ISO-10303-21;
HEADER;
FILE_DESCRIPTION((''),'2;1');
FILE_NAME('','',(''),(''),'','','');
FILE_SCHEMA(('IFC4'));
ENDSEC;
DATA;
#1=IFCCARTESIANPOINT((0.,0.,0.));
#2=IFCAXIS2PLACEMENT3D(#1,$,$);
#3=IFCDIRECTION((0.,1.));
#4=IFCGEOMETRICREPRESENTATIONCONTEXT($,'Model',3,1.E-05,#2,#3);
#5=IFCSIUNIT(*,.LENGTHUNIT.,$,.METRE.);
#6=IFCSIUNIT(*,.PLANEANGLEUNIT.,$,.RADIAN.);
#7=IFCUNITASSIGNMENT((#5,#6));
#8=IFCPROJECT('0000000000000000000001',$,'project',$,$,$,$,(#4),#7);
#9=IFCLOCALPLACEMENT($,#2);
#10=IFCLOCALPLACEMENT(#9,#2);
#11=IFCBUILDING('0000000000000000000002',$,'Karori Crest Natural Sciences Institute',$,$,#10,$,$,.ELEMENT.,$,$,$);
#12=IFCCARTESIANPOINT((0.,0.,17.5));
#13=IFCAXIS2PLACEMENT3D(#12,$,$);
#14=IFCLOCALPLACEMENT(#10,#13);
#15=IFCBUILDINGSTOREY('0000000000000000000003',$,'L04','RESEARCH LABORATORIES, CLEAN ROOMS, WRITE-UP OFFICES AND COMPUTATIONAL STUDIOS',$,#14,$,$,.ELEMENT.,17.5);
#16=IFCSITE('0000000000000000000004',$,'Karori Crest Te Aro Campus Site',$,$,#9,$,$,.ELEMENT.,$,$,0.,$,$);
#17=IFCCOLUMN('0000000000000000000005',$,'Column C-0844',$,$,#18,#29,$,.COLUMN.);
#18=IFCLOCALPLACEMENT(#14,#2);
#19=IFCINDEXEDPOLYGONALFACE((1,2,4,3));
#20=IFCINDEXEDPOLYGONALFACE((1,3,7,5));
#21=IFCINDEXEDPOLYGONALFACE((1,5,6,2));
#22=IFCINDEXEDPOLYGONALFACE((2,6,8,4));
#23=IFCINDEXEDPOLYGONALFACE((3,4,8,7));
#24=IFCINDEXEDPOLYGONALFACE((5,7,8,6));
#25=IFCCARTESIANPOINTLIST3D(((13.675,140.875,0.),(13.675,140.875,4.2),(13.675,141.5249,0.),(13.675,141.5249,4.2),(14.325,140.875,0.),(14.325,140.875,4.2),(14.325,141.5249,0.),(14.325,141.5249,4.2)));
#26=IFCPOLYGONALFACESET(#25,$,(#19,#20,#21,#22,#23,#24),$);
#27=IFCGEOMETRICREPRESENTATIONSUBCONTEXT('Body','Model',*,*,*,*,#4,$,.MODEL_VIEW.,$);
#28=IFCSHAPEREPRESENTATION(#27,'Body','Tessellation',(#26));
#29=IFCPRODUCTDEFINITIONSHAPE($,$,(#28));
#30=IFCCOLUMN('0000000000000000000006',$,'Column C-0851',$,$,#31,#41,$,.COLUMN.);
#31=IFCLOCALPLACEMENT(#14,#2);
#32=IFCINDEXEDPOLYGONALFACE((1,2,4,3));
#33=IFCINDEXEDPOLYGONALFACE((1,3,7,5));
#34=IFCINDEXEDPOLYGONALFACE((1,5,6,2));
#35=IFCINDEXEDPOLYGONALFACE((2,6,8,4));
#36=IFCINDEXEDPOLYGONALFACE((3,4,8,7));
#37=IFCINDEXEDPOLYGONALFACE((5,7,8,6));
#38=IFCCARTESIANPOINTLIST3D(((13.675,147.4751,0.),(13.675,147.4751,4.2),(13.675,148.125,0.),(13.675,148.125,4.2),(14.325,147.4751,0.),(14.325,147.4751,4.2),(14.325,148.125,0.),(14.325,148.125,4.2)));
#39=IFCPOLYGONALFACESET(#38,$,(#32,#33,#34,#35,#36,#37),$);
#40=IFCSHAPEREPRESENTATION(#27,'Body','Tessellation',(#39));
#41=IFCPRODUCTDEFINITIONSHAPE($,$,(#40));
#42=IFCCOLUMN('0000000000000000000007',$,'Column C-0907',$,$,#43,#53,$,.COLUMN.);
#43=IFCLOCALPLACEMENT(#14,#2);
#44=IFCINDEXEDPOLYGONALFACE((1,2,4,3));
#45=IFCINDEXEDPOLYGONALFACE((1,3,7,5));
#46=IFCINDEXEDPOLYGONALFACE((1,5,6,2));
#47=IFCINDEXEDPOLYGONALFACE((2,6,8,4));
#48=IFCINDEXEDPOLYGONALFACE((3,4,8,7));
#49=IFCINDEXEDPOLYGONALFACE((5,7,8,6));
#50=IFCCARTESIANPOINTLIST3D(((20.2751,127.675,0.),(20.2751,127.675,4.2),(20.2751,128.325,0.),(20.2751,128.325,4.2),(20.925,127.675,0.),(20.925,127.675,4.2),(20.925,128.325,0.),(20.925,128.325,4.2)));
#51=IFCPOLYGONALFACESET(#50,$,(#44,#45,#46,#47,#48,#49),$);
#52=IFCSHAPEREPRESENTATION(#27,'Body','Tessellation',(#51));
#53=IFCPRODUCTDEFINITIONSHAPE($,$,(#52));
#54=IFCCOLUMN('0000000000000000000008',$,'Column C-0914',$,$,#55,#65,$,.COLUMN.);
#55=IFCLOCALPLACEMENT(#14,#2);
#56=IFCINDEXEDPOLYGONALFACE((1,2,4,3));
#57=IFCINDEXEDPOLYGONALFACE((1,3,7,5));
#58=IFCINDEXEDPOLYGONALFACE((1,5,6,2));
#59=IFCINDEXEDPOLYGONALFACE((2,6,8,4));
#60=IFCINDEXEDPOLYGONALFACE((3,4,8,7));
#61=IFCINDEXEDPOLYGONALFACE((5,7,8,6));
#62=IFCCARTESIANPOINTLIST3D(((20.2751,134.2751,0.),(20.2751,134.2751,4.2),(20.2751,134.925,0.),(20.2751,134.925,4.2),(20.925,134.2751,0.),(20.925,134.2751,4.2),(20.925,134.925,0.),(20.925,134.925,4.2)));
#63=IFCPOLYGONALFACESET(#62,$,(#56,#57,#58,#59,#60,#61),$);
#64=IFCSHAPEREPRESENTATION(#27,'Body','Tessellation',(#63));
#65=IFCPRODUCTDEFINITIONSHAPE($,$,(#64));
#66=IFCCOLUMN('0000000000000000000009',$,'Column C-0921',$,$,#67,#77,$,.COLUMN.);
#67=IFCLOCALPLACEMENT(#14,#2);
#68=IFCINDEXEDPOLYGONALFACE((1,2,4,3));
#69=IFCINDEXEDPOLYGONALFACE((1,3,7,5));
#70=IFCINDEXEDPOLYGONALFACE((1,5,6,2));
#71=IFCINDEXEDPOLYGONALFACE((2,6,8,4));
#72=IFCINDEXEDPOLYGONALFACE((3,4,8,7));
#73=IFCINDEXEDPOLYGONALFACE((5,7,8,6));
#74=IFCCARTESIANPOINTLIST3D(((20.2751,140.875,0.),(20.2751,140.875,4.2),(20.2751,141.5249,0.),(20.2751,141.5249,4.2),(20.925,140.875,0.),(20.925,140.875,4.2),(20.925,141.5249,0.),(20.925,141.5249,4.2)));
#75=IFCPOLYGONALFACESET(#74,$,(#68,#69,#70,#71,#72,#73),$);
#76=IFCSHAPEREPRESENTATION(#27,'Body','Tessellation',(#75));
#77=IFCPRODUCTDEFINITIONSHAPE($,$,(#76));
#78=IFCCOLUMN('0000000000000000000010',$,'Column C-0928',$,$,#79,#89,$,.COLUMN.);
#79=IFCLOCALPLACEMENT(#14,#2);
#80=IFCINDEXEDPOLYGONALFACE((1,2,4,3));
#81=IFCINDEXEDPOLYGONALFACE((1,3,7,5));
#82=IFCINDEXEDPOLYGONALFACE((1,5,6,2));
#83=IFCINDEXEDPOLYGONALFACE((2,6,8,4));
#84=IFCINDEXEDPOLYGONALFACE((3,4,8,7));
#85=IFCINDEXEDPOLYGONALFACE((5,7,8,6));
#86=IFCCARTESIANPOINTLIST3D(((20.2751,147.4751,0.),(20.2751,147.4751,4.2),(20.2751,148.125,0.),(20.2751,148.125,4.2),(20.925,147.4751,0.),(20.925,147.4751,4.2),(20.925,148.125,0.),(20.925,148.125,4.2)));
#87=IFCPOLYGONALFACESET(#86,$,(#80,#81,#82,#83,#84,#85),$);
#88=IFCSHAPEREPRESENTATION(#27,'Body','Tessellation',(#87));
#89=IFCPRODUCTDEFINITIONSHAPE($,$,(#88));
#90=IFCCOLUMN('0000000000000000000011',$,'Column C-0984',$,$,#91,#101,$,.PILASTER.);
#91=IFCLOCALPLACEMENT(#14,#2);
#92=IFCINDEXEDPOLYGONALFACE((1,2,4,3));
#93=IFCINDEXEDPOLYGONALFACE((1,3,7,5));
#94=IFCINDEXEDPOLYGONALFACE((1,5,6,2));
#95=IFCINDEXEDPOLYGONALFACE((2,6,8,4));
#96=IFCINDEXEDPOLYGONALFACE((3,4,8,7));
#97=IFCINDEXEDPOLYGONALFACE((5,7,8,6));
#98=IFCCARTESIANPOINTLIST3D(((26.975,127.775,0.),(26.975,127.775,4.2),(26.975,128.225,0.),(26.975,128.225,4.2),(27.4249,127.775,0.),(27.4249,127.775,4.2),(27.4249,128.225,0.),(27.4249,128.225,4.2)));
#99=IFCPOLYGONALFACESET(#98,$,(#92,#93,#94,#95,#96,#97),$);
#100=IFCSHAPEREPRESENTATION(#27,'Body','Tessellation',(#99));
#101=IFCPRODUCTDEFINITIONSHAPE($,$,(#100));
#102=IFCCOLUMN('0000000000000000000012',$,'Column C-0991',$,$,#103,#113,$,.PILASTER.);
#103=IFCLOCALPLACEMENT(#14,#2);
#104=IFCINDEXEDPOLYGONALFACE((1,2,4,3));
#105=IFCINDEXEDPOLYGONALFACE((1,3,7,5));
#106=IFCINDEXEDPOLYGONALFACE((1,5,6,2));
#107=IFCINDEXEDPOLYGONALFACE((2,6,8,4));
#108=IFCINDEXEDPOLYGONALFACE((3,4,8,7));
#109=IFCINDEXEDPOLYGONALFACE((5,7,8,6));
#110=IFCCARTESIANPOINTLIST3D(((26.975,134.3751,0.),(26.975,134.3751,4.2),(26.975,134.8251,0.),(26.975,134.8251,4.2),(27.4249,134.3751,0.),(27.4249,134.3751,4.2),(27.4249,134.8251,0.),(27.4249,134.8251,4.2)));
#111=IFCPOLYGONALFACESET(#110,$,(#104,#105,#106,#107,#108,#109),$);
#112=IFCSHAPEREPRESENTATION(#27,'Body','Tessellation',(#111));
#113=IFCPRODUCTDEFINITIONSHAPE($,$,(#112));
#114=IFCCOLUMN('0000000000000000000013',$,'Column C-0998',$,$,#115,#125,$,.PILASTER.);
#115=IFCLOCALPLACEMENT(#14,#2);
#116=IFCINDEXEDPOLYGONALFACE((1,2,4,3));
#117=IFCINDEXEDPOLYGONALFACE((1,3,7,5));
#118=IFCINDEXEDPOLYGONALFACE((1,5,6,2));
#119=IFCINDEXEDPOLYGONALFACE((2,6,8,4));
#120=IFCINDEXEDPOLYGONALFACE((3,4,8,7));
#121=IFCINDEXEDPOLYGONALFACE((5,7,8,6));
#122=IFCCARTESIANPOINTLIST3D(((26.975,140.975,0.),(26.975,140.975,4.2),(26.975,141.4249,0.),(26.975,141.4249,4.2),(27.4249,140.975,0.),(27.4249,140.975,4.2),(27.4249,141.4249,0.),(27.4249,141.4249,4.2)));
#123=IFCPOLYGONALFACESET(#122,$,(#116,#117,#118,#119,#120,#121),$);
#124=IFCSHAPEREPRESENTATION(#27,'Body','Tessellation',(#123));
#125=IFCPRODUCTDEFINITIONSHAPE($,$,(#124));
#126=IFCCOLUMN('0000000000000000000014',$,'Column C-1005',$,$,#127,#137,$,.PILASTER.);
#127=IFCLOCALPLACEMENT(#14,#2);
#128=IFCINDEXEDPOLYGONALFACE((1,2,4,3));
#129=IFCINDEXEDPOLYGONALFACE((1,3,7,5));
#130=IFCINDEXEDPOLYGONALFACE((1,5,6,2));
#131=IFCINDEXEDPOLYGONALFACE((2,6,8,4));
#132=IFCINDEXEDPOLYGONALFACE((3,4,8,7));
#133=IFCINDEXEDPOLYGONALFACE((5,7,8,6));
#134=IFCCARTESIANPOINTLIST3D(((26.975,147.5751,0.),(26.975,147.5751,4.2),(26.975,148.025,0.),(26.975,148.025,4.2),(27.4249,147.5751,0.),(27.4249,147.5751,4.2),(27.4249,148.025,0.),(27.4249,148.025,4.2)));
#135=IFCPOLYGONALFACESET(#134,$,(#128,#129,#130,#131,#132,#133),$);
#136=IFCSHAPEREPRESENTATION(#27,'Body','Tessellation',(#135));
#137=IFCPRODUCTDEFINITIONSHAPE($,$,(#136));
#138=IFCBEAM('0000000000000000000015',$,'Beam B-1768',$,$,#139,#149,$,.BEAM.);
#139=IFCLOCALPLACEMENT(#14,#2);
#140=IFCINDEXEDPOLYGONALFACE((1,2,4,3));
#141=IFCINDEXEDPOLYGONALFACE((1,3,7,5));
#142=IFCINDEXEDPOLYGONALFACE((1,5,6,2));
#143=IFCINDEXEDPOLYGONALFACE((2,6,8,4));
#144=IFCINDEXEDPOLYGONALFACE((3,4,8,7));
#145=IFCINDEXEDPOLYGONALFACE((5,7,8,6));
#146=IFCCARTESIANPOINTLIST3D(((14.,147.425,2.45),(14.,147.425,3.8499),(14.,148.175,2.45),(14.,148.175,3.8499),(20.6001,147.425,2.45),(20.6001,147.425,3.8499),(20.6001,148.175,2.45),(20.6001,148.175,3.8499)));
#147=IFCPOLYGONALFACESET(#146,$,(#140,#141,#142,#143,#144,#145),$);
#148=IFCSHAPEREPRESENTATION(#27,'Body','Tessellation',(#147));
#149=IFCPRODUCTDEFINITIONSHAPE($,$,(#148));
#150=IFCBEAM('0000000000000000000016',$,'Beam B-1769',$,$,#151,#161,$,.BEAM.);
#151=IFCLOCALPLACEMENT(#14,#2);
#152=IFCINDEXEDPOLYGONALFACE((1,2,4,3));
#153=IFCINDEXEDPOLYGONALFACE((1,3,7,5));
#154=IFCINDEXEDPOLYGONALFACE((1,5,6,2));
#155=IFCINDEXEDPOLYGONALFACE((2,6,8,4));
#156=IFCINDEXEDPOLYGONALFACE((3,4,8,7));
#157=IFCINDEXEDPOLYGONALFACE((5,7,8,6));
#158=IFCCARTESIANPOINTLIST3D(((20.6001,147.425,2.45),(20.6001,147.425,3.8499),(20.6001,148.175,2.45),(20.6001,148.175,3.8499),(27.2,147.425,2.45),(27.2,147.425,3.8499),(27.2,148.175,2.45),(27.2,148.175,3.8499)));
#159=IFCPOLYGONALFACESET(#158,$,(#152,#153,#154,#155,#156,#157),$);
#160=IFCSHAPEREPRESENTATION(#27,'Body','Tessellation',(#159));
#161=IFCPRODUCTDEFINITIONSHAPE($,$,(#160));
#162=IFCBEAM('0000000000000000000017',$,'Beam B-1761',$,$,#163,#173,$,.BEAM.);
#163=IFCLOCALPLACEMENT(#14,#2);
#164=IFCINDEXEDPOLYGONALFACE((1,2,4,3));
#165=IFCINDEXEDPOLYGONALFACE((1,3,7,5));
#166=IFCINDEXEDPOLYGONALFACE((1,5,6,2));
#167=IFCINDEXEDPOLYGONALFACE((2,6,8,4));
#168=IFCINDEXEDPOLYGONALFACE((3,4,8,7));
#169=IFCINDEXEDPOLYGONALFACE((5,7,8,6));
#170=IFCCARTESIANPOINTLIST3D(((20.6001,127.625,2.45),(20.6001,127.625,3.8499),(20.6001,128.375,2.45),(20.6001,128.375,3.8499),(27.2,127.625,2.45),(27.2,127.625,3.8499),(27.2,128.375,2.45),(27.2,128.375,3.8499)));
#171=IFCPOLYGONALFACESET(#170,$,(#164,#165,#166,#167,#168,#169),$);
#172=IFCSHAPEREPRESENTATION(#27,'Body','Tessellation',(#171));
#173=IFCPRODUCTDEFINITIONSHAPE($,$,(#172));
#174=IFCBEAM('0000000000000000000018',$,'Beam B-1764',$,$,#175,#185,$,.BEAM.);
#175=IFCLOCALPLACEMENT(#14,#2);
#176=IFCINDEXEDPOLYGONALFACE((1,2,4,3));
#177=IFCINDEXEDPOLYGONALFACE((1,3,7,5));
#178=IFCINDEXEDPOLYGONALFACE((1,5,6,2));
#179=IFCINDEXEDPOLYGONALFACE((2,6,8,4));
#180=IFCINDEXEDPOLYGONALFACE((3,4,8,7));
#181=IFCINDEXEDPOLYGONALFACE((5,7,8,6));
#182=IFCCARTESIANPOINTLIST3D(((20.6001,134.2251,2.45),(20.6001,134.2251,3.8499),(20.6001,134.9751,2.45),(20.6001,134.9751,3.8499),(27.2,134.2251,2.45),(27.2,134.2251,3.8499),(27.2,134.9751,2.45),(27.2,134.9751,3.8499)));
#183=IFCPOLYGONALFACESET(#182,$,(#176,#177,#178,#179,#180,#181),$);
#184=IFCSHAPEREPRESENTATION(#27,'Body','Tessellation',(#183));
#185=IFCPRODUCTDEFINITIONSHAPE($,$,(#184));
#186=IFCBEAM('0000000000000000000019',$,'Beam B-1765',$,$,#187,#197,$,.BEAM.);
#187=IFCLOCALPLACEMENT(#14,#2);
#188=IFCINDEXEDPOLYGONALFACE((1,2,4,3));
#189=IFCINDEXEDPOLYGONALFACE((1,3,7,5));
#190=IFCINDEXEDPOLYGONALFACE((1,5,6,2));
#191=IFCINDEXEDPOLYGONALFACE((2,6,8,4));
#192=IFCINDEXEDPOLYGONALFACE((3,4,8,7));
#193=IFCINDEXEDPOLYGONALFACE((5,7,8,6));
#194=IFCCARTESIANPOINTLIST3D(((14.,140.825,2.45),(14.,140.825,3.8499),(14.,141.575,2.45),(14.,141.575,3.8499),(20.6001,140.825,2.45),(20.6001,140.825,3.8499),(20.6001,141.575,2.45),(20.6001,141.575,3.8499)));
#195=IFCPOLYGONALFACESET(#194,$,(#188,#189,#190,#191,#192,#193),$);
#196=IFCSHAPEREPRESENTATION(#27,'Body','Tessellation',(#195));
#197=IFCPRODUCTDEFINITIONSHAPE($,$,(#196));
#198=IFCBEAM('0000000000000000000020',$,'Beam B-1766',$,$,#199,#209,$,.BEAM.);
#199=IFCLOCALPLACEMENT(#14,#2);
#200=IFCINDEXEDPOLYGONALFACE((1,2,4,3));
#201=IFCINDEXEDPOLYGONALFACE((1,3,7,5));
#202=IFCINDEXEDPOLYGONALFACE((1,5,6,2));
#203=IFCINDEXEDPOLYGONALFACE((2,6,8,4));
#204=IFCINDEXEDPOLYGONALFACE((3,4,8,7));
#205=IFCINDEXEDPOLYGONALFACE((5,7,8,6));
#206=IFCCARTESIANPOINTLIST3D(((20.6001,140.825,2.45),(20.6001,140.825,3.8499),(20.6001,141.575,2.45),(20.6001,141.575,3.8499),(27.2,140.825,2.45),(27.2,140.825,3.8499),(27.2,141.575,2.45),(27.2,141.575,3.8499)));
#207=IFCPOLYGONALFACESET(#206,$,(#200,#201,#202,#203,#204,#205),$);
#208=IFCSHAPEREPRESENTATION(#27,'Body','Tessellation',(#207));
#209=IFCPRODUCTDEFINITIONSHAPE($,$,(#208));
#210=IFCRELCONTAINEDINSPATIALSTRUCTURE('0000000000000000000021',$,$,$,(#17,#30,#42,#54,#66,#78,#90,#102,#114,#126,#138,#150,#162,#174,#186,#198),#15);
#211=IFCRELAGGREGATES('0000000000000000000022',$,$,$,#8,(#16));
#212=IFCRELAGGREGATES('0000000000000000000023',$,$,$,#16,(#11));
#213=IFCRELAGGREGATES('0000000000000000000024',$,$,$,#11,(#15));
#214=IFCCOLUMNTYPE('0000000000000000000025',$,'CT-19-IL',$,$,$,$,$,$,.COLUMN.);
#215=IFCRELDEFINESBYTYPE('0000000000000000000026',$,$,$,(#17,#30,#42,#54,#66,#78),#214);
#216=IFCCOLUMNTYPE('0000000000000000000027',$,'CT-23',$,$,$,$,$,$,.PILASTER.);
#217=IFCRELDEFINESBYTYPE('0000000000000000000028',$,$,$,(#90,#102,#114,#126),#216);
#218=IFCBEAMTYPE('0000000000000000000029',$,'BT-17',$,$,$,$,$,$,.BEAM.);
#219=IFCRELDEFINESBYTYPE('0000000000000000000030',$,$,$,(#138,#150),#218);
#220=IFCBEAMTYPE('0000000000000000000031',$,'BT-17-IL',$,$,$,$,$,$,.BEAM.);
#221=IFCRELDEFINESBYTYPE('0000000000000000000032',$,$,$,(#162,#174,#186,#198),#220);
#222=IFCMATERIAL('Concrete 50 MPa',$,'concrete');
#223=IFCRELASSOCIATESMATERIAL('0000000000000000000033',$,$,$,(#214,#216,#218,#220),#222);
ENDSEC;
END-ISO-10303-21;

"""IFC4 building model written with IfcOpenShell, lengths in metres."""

from ifc_helpers import new_model, si_unit, direction, frame, origin, origin_2d, place, context, subcontext, project, spatial, rectangle, extrude, material, material_profile, profile_set, type_object, element, save


model = new_model("IFC4")

# Units and contexts
model_context = context("Model", 3, precision=1e-05, world=origin(), true_north=direction((0.0, 1.0)))
body_context = subcontext(model_context, "Body", "Model", "MODEL_VIEW")
ifc_project = project(units=[si_unit("LENGTHUNIT", "METRE"), si_unit("PLANEANGLEUNIT", "RADIAN")], contexts=[model_context])

# Site, building, storey
site_placement = place(None, origin())
site = spatial("IfcSite", under=ifc_project, at=site_placement, Name="Karori Crest Te Aro Campus Site", CompositionType="ELEMENT", RefElevation=0.0)
building_placement = place(site_placement, origin())
building = spatial("IfcBuilding", under=site, at=building_placement, Name="Karori Crest Natural Sciences Institute", CompositionType="ELEMENT")
storey_placement = place(building_placement, frame((0.0, 0.0, 17.5)))
storey = spatial("IfcBuildingStorey", under=building, at=storey_placement, Name="L04", Description="RESEARCH LABORATORIES, CLEAN ROOMS, WRITE-UP OFFICES AND COMPUTATIONAL STUDIOS", CompositionType="ELEMENT", Elevation=17.5)

# Columns
ifc_material_1 = material(Name="Concrete 50 MPa", Category="concrete")
ifc_material_profile_1 = material_profile(ifc_material_1, rectangle(XDim=0.6499, YDim=0.6499, at=origin_2d()), Name="RC650x650")
ifc_profile_set_1 = profile_set([ifc_material_profile_1], Name="Concrete 50 MPa")
column_type_1 = type_object("IfcColumnType", Name="CT-19-IL", PredefinedType="COLUMN", material=ifc_profile_set_1)
for number, where, z_axis, x_axis, name in (
    (1, (14.0, 141.2, 0.0), (0.0, 0.0, 1.0), (1.0, 0.0, 0.0), "Column C-0844"),
    (2, (14.0, 147.8, 0.0), (0.0, 0.0, 1.0), (1.0, 0.0, 0.0), "Column C-0851"),
    (3, (20.6001, 128.0, 0.0), (0.0, 0.0, 1.0), (1.0, 0.0, 0.0), "Column C-0907"),
    (4, (20.6001, 134.6001, 0.0), (0.0, 0.0, 1.0), (1.0, 0.0, 0.0), "Column C-0914"),
    (5, (20.6001, 141.2, 0.0), (0.0, 0.0, 1.0), (1.0, 0.0, 0.0), "Column C-0921"),
    (6, (20.6001, 147.8, 0.0), (0.0, 0.0, 1.0), (1.0, 0.0, 0.0), "Column C-0928"),
):
    element("IfcColumn", number, at=place(storey_placement, frame(where, z_axis=z_axis, x_axis=x_axis)), inside=storey, type_object=column_type_1, Name=name, PredefinedType="COLUMN", context=body_context, shape_type="SweptSolid", body=[
        extrude(rectangle(XDim=0.6499, YDim=0.6499, at=origin_2d()), origin(), (0.0, 0.0, 1.0), 4.2),
    ])
ifc_material_profile_2 = material_profile(ifc_material_1, rectangle(XDim=0.45, YDim=0.45, at=origin_2d()), Name="RC450x450")
ifc_profile_set_2 = profile_set([ifc_material_profile_2], Name="Concrete 50 MPa")
column_type_2 = type_object("IfcColumnType", Name="CT-23", PredefinedType="PILASTER", material=ifc_profile_set_2)
for number, where, z_axis, x_axis, name in (
    (7, (27.2, 128.0, 0.0), (0.0, 0.0, 1.0), (1.0, 0.0, 0.0), "Column C-0984"),
    (8, (27.2, 134.6001, 0.0), (0.0, 0.0, 1.0), (1.0, 0.0, 0.0), "Column C-0991"),
    (9, (27.2, 141.2, 0.0), (0.0, 0.0, 1.0), (1.0, 0.0, 0.0), "Column C-0998"),
    (10, (27.2, 147.8, 0.0), (0.0, 0.0, 1.0), (1.0, 0.0, 0.0), "Column C-1005"),
):
    element("IfcColumn", number, at=place(storey_placement, frame(where, z_axis=z_axis, x_axis=x_axis)), inside=storey, type_object=column_type_2, Name=name, PredefinedType="PILASTER", context=body_context, shape_type="SweptSolid", body=[
        extrude(rectangle(XDim=0.45, YDim=0.45, at=origin_2d()), origin(), (0.0, 0.0, 1.0), 4.2),
    ])

# Beams
ifc_material_profile_3 = material_profile(ifc_material_1, rectangle(XDim=0.75, YDim=1.3999, at=origin_2d()), Name="RCB750x1400")
ifc_profile_set_3 = profile_set([ifc_material_profile_3], Name="Concrete 50 MPa")
beam_type_1 = type_object("IfcBeamType", Name="BT-17", PredefinedType="BEAM", material=ifc_profile_set_3)
beam_1_placement = place(storey_placement, frame((14.0, 147.8, 3.1499), z_axis=(1.0, 0.0, 0.0), x_axis=(0.0, 1.0, 0.0)))
element("IfcBeam", 11, at=beam_1_placement, inside=storey, type_object=beam_type_1, Name="Beam B-1768", PredefinedType="BEAM", context=body_context, shape_type="SweptSolid", body=[
    extrude(rectangle(XDim=0.75, YDim=1.3999, at=origin_2d()), origin(), (0.0, 0.0, 1.0), 6.6001),
])
beam_2_placement = place(storey_placement, frame((20.6001, 147.8, 3.1499), z_axis=(1.0, 0.0, 0.0), x_axis=(0.0, 1.0, 0.0)))
element("IfcBeam", 12, at=beam_2_placement, inside=storey, type_object=beam_type_1, Name="Beam B-1769", PredefinedType="BEAM", context=body_context, shape_type="SweptSolid", body=[
    extrude(rectangle(XDim=0.75, YDim=1.3999, at=origin_2d()), origin(), (0.0, 0.0, 1.0), 6.5999),
])
ifc_material_profile_4 = material_profile(ifc_material_1, rectangle(XDim=0.75, YDim=1.3999, at=origin_2d()), Name="RCB750x1400")
ifc_profile_set_4 = profile_set([ifc_material_profile_4], Name="Concrete 50 MPa")
beam_type_2 = type_object("IfcBeamType", Name="BT-17-IL", PredefinedType="BEAM", material=ifc_profile_set_4)
for number, where, z_axis, x_axis, name in (
    (13, (20.6001, 128.0, 3.1499), (1.0, 0.0, 0.0), (0.0, 1.0, 0.0), "Beam B-1761"),
    (14, (20.6001, 134.6001, 3.1499), (1.0, 0.0, 0.0), (0.0, 1.0, 0.0), "Beam B-1764"),
):
    element("IfcBeam", number, at=place(storey_placement, frame(where, z_axis=z_axis, x_axis=x_axis)), inside=storey, type_object=beam_type_2, Name=name, PredefinedType="BEAM", context=body_context, shape_type="SweptSolid", body=[
        extrude(rectangle(XDim=0.75, YDim=1.3999, at=origin_2d()), origin(), (0.0, 0.0, 1.0), 6.5999),
    ])
beam_3_placement = place(storey_placement, frame((14.0, 141.2, 3.1499), z_axis=(1.0, 0.0, 0.0), x_axis=(0.0, 1.0, 0.0)))
element("IfcBeam", 15, at=beam_3_placement, inside=storey, type_object=beam_type_2, Name="Beam B-1765", PredefinedType="BEAM", context=body_context, shape_type="SweptSolid", body=[
    extrude(rectangle(XDim=0.75, YDim=1.3999, at=origin_2d()), origin(), (0.0, 0.0, 1.0), 6.6001),
])
beam_4_placement = place(storey_placement, frame((20.6001, 141.2, 3.1499), z_axis=(1.0, 0.0, 0.0), x_axis=(0.0, 1.0, 0.0)))
element("IfcBeam", 16, at=beam_4_placement, inside=storey, type_object=beam_type_2, Name="Beam B-1766", PredefinedType="BEAM", context=body_context, shape_type="SweptSolid", body=[
    extrude(rectangle(XDim=0.75, YDim=1.3999, at=origin_2d()), origin(), (0.0, 0.0, 1.0), 6.5999),
])

save(model, "model.ifc")
